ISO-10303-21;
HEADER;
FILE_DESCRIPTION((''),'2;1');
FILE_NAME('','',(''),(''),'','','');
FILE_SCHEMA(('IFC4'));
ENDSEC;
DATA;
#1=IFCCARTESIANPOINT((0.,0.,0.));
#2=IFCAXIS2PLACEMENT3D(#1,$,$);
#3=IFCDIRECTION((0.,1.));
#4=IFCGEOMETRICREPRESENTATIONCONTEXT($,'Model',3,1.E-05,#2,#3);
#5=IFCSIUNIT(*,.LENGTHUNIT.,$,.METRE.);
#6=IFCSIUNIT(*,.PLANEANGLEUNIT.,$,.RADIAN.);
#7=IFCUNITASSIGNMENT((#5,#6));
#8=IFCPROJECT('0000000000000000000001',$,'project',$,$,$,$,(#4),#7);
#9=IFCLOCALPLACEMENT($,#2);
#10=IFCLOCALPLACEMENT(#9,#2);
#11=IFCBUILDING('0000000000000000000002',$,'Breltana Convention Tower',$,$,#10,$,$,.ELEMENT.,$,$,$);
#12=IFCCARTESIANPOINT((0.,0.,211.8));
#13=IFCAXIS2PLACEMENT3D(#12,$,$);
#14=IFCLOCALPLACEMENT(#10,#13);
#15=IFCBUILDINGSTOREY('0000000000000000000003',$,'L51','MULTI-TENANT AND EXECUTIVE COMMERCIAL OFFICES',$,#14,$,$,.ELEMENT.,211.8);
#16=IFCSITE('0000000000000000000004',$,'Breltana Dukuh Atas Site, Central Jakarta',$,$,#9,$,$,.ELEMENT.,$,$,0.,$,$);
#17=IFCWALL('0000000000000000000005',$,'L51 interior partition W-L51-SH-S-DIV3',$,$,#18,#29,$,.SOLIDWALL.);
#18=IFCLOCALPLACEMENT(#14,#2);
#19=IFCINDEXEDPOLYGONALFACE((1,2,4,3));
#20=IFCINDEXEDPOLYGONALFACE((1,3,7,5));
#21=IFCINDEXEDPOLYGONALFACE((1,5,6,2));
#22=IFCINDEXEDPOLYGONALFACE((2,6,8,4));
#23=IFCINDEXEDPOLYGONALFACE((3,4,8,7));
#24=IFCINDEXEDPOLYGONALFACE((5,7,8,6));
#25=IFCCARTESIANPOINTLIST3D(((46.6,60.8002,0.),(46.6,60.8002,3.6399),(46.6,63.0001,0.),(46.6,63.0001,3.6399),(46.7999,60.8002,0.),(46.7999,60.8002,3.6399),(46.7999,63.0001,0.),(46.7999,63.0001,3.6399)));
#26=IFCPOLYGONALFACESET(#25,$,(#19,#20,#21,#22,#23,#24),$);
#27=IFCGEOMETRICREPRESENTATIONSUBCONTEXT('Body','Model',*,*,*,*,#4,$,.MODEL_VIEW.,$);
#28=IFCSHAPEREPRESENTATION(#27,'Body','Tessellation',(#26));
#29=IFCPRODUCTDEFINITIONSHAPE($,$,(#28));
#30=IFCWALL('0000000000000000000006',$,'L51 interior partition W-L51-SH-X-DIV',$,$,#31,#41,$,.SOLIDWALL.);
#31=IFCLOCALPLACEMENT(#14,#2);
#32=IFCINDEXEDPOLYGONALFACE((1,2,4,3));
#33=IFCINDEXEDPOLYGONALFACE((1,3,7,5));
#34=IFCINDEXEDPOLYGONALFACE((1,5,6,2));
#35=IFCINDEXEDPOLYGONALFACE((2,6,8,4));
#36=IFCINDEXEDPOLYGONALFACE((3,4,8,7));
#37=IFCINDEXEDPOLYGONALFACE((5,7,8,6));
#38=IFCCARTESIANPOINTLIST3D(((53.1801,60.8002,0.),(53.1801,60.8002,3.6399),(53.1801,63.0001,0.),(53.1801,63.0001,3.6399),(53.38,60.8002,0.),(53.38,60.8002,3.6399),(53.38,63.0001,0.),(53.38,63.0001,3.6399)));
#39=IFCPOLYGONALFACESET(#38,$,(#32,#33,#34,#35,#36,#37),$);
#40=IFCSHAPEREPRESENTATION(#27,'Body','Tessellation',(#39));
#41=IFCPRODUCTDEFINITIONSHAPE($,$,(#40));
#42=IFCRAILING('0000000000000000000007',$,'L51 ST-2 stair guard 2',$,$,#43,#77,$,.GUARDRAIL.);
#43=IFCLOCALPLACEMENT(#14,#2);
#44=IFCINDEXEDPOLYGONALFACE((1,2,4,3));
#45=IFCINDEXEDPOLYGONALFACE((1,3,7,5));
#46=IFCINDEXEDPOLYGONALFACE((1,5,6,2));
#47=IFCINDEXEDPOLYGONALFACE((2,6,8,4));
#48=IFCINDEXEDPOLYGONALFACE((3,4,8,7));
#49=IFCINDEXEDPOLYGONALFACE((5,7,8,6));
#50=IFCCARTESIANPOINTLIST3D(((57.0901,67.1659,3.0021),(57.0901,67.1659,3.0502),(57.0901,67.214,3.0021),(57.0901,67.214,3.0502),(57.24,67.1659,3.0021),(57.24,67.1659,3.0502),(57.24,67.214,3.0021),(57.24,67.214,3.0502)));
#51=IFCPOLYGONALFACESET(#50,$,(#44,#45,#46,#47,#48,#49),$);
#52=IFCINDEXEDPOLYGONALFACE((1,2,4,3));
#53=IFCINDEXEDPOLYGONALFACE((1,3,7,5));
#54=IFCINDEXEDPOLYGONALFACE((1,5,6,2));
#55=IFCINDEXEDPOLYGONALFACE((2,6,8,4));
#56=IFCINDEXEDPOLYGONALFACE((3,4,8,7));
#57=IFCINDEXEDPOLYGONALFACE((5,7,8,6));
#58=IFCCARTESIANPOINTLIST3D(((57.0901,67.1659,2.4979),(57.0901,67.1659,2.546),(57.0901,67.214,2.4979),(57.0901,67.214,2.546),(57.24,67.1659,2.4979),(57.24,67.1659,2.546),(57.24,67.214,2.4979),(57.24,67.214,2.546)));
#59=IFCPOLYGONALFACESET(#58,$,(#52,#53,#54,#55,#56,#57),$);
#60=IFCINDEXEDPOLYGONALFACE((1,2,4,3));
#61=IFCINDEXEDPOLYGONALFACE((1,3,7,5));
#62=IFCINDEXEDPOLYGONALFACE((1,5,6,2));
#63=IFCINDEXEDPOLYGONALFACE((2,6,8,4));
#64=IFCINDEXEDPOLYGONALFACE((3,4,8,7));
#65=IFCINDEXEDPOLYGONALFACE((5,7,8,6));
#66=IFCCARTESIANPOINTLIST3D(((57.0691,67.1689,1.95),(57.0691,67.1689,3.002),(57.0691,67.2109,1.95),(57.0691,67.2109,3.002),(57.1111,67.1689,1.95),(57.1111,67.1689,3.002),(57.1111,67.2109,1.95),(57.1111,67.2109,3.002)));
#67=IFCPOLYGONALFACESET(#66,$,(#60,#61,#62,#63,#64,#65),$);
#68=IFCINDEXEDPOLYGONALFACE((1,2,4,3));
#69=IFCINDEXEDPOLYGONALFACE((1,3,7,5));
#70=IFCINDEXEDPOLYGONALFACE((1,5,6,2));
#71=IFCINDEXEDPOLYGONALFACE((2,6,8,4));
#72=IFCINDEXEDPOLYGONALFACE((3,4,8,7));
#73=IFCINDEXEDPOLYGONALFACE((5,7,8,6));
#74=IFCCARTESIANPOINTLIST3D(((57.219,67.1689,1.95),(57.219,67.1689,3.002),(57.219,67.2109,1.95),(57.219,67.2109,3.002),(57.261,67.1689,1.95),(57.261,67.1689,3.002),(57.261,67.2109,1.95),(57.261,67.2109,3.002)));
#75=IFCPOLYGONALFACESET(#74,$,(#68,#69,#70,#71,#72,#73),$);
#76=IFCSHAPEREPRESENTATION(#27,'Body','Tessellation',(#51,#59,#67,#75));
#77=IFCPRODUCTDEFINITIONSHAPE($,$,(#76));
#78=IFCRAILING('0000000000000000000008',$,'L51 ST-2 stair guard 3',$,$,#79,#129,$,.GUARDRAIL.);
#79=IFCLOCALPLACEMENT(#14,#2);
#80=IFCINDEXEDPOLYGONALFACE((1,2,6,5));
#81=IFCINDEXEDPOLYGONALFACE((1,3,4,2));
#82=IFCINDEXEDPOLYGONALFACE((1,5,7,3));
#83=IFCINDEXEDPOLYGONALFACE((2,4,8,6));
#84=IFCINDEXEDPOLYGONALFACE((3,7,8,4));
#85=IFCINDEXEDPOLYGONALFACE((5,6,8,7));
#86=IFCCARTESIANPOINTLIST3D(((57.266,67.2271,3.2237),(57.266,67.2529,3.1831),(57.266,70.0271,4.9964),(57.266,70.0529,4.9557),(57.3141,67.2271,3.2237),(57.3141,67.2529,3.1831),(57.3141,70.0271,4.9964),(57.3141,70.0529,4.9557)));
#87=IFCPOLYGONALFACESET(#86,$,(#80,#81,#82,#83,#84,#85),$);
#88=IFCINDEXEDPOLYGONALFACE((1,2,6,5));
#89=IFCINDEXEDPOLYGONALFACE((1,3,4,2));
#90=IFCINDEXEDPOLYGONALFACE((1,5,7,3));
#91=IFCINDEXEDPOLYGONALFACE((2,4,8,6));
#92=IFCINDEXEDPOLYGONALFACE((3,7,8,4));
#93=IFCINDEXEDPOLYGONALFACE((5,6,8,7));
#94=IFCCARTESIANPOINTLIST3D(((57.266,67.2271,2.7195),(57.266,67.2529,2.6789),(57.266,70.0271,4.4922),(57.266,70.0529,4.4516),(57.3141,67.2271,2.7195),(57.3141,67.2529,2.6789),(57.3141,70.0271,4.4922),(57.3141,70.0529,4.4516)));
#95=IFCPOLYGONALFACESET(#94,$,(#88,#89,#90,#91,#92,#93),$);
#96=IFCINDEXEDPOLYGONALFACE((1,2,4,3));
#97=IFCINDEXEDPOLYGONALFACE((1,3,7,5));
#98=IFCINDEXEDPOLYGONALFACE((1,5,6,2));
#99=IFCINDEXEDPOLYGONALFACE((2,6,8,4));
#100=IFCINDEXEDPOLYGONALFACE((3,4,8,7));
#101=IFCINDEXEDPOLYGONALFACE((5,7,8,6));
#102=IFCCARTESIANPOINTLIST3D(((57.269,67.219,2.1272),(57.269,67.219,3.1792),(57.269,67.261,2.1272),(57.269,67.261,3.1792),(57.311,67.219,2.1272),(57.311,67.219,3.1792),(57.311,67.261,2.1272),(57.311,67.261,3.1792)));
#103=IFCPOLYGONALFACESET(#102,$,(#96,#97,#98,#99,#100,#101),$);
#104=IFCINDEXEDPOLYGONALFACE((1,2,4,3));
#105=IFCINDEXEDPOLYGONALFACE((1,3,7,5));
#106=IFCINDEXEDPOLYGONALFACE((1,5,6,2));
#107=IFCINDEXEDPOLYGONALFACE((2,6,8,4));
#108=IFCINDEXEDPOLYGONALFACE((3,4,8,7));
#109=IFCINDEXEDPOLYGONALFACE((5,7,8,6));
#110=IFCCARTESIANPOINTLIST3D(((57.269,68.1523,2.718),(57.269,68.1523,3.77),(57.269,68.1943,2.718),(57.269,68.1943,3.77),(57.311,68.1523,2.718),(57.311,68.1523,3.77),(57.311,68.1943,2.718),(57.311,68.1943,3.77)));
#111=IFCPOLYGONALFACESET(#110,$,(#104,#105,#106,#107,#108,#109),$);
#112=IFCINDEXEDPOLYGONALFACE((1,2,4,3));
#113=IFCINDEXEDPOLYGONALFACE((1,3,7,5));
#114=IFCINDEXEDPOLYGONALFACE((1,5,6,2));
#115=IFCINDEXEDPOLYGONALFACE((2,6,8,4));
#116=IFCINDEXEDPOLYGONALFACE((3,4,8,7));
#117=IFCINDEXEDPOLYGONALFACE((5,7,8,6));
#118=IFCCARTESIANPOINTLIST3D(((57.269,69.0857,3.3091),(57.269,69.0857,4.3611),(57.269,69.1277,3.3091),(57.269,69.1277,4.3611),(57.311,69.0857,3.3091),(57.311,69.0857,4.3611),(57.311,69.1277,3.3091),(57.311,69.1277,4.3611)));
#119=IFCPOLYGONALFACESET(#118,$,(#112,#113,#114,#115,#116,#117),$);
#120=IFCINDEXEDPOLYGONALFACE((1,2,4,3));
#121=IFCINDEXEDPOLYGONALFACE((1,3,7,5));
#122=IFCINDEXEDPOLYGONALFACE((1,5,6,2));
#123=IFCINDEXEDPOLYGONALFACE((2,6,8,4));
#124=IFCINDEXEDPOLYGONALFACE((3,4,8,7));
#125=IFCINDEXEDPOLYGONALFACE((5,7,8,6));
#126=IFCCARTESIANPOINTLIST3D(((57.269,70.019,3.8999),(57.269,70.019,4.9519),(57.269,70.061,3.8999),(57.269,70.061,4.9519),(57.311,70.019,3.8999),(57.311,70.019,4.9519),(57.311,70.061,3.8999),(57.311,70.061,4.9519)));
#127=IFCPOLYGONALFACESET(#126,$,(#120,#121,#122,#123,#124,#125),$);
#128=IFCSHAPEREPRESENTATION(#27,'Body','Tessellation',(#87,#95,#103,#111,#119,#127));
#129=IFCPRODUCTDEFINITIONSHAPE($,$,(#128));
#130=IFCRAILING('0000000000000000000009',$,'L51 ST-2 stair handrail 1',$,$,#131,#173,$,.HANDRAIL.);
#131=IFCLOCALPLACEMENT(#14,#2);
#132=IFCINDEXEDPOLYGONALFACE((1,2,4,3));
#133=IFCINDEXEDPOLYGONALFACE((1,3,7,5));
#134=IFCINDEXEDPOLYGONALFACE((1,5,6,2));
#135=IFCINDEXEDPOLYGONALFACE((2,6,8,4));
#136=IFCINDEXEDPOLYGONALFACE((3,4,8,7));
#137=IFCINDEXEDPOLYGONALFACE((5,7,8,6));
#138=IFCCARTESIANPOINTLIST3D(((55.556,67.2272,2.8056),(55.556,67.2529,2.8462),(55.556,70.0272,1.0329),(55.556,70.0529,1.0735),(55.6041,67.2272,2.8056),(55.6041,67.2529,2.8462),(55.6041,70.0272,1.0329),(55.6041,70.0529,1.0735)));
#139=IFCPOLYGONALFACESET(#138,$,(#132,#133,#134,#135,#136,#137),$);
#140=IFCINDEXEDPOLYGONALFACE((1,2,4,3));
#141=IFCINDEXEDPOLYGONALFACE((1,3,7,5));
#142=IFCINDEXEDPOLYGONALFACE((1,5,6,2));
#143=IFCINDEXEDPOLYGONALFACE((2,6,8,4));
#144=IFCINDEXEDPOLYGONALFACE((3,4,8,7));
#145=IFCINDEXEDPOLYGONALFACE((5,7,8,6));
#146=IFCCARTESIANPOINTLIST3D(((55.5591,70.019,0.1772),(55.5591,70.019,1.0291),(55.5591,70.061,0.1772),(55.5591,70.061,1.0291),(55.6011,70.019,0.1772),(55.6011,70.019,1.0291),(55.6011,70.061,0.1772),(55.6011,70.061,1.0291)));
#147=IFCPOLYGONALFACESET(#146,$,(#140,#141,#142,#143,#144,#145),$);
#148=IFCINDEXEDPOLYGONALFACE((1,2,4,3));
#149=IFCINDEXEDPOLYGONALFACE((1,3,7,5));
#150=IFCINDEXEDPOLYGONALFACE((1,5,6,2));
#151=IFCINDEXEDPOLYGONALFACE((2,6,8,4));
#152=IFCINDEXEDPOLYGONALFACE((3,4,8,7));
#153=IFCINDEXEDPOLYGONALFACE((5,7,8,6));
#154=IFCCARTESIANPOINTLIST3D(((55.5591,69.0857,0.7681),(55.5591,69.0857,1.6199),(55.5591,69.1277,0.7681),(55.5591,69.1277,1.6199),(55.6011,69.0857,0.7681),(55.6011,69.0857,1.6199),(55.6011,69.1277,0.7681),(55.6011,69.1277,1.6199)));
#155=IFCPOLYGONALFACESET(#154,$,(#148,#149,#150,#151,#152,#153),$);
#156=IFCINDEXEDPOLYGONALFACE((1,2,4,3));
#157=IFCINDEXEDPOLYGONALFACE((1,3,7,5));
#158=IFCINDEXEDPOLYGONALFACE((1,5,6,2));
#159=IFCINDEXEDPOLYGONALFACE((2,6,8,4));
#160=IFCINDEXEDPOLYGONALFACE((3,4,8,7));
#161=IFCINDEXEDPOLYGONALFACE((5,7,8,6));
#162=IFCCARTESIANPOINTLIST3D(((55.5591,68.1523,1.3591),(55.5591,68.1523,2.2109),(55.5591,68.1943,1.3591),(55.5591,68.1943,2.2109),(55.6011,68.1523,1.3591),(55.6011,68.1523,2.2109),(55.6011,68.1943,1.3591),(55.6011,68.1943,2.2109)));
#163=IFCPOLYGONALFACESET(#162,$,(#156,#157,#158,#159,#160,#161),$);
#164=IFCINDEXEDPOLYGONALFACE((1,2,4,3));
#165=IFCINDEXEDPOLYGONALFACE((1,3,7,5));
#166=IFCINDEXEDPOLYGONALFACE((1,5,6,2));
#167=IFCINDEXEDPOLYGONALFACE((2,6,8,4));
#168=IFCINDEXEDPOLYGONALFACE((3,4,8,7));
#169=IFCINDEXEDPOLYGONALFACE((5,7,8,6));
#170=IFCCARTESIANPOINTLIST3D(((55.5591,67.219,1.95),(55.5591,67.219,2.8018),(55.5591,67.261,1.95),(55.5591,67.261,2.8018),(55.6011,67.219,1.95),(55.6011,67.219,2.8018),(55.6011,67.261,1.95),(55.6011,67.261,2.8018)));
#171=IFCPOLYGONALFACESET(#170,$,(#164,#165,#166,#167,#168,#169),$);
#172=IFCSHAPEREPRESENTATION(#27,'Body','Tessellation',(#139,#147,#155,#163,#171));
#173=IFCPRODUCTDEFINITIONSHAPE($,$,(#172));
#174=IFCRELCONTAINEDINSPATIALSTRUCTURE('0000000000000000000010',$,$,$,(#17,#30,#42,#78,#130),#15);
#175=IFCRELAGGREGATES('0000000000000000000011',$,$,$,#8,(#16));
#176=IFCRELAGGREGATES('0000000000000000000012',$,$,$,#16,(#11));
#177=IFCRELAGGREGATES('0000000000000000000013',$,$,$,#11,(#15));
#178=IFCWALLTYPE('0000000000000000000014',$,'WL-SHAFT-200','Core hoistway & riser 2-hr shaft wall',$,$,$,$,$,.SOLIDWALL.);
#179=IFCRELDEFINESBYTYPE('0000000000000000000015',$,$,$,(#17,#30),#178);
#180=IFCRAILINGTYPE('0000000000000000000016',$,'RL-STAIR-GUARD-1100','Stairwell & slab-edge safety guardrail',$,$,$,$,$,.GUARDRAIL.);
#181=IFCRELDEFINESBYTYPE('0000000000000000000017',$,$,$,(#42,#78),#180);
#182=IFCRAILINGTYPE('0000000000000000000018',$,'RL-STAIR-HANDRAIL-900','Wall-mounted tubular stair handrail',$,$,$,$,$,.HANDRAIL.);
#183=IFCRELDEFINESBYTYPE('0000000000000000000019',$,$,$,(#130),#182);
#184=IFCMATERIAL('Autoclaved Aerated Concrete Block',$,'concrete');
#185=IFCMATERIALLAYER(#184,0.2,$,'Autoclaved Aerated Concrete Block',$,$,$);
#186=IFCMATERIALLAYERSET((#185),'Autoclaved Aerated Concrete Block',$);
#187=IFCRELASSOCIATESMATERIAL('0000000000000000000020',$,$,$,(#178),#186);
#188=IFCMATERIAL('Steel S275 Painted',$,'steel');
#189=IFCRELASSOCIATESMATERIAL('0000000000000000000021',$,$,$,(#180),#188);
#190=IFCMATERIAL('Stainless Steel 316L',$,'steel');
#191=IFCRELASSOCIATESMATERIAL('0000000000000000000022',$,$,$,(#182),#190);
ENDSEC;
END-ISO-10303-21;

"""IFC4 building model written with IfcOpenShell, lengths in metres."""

from ifc_helpers import new_model, si_unit, direction, frame, frame_2d, origin, origin_2d, place, context, subcontext, project, spatial, rectangle, extrude, source, transform, mapped, material, layer, layer_set, type_object, element, save


model = new_model("IFC4")

# Units and contexts
model_context = context("Model", 3, precision=1e-05, world=origin(), true_north=direction((0.0, 1.0)))
body_context = subcontext(model_context, "Body", "Model", "MODEL_VIEW")
ifc_project = project(units=[si_unit("LENGTHUNIT", "METRE"), si_unit("PLANEANGLEUNIT", "RADIAN")], contexts=[model_context])

# Site, building, storey
site_placement = place(None, origin())
site = spatial("IfcSite", under=ifc_project, at=site_placement, Name="Breltana Dukuh Atas Site, Central Jakarta", CompositionType="ELEMENT", RefElevation=0.0)
building_placement = place(site_placement, origin())
building = spatial("IfcBuilding", under=site, at=building_placement, Name="Breltana Convention Tower", CompositionType="ELEMENT")
storey_placement = place(building_placement, frame((0.0, 0.0, 211.8)))
storey = spatial("IfcBuildingStorey", under=building, at=storey_placement, Name="L51", Description="MULTI-TENANT AND EXECUTIVE COMMERCIAL OFFICES", CompositionType="ELEMENT", Elevation=211.8)

# Shared definitions
ifc_material_1 = material(Name="Autoclaved Aerated Concrete Block", Category="concrete")
ifc_layer_1 = layer(ifc_material_1, 0.2, Name="Autoclaved Aerated Concrete Block")
ifc_layer_set_1 = layer_set([ifc_layer_1], Name="Autoclaved Aerated Concrete Block")
wall_type_1 = type_object("IfcWallType", Name="WL-SHAFT-200", Description="Core hoistway & riser 2-hr shaft wall", PredefinedType="SOLIDWALL", material=ifc_layer_set_1)

# Walls
shared_shape_1 = source(origin(), body_context, "Body", "SweptSolid", [
    extrude(rectangle(XDim=2.2, YDim=0.2, at=frame_2d((1.1001, 0.0))), origin(), (0.0, 0.0, 1.0), 3.6399),
])
for number, where, z_axis, x_axis, name in (
    (1, (46.7, 60.8, 0.0), (0.0, 0.0, 1.0), (0.0, 1.0, 0.0), "L51 interior partition W-L51-SH-S-DIV3"),
    (2, (53.28, 60.8, 0.0), (0.0, 0.0, 1.0), (0.0, 1.0, 0.0), "L51 interior partition W-L51-SH-X-DIV"),
):
    element("IfcWall", number, at=place(storey_placement, frame(where, z_axis=z_axis, x_axis=x_axis)), inside=storey, type_object=wall_type_1, Name=name, PredefinedType="SOLIDWALL", context=body_context, shape_type="MappedRepresentation", body=[
        mapped(shared_shape_1, transform((0.0, 0.0, 0.0), scale=1.0)),
    ])

# Railings
ifc_material_2 = material(Name="Steel S275 Painted", Category="steel")
railing_type_1 = type_object("IfcRailingType", Name="RL-STAIR-GUARD-1100", Description="Stairwell & slab-edge safety guardrail", PredefinedType="GUARDRAIL", material=ifc_material_2)
railing_1_placement = place(storey_placement, frame((57.0901, 67.1899, 1.95)))
element("IfcRailing", 3, at=railing_1_placement, inside=storey, type_object=railing_type_1, Name="L51 ST-2 stair guard 2", PredefinedType="GUARDRAIL", context=body_context, shape_type="SweptSolid", body=[
    extrude(rectangle(XDim=0.0481, YDim=0.0481, at=origin_2d()), frame((0.0, 0.0, 1.0762), z_axis=(1.0, 0.0, 0.0), x_axis=(0.0, 1.0, 0.0)), (0.0, 0.0, 1.0), 0.1499),
    extrude(rectangle(XDim=0.0481, YDim=0.0481, at=origin_2d()), frame((0.0, 0.0, 0.572), z_axis=(1.0, 0.0, 0.0), x_axis=(0.0, 1.0, 0.0)), (0.0, 0.0, 1.0), 0.1499),
    extrude(rectangle(XDim=0.042, YDim=0.042, at=origin_2d()), origin(), (0.0, 0.0, 1.0), 1.052),
    extrude(rectangle(XDim=0.042, YDim=0.042, at=origin_2d()), frame((0.1499, 0.0, 0.0)), (0.0, 0.0, 1.0), 1.052),
])
railing_2_placement = place(storey_placement, frame((57.29, 67.24, 2.1272)))
element("IfcRailing", 4, at=railing_2_placement, inside=storey, type_object=railing_type_1, Name="L51 ST-2 stair guard 3", PredefinedType="GUARDRAIL", context=body_context, shape_type="SweptSolid", body=[
    extrude(rectangle(XDim=0.0481, YDim=0.0481, at=origin_2d()), frame((0.0, 0.0, 1.0762), z_axis=(0.0, 0.844909, 0.53491), x_axis=(-1.0, 0.0, 0.0)), (0.0, 0.0, 1.0), 3.314),
    extrude(rectangle(XDim=0.0481, YDim=0.0481, at=origin_2d()), frame((0.0, 0.0, 0.572), z_axis=(0.0, 0.844909, 0.53491), x_axis=(-1.0, 0.0, 0.0)), (0.0, 0.0, 1.0), 3.314),
    extrude(rectangle(XDim=0.042, YDim=0.042, at=origin_2d()), origin(), (0.0, 0.0, 1.0), 1.052),
    extrude(rectangle(XDim=0.042, YDim=0.042, at=origin_2d()), frame((0.0, 0.9333, 0.5908)), (0.0, 0.0, 1.0), 1.052),
    extrude(rectangle(XDim=0.042, YDim=0.042, at=origin_2d()), frame((0.0, 1.8667, 1.1819)), (0.0, 0.0, 1.0), 1.052),
    extrude(rectangle(XDim=0.042, YDim=0.042, at=origin_2d()), frame((0.0, 2.8, 1.7727)), (0.0, 0.0, 1.0), 1.052),
])
ifc_material_3 = material(Name="Stainless Steel 316L", Category="steel")
railing_type_2 = type_object("IfcRailingType", Name="RL-STAIR-HANDRAIL-900", Description="Wall-mounted tubular stair handrail", PredefinedType="HANDRAIL", material=ifc_material_3)
railing_3_placement = place(storey_placement, frame((55.5801, 70.04, 0.1772)))
element("IfcRailing", 5, at=railing_3_placement, inside=storey, type_object=railing_type_2, Name="L51 ST-2 stair handrail 1", PredefinedType="HANDRAIL", context=body_context, shape_type="SweptSolid", body=[
    extrude(rectangle(XDim=0.0481, YDim=0.0481, at=origin_2d()), frame((0.0, 0.0, 0.876), z_axis=(0.0, -0.844909, 0.53491), x_axis=(1.0, 0.0, 0.0)), (0.0, 0.0, 1.0), 3.314),
    extrude(rectangle(XDim=0.042, YDim=0.042, at=origin_2d()), origin(), (0.0, 0.0, 1.0), 0.8518),
    extrude(rectangle(XDim=0.042, YDim=0.042, at=origin_2d()), frame((0.0, -0.9333, 0.5908)), (0.0, 0.0, 1.0), 0.8518),
    extrude(rectangle(XDim=0.042, YDim=0.042, at=origin_2d()), frame((0.0, -1.8667, 1.1819)), (0.0, 0.0, 1.0), 0.8518),
    extrude(rectangle(XDim=0.042, YDim=0.042, at=origin_2d()), frame((0.0, -2.8, 1.7727)), (0.0, 0.0, 1.0), 0.8518),
])

save(model, "model.ifc")
